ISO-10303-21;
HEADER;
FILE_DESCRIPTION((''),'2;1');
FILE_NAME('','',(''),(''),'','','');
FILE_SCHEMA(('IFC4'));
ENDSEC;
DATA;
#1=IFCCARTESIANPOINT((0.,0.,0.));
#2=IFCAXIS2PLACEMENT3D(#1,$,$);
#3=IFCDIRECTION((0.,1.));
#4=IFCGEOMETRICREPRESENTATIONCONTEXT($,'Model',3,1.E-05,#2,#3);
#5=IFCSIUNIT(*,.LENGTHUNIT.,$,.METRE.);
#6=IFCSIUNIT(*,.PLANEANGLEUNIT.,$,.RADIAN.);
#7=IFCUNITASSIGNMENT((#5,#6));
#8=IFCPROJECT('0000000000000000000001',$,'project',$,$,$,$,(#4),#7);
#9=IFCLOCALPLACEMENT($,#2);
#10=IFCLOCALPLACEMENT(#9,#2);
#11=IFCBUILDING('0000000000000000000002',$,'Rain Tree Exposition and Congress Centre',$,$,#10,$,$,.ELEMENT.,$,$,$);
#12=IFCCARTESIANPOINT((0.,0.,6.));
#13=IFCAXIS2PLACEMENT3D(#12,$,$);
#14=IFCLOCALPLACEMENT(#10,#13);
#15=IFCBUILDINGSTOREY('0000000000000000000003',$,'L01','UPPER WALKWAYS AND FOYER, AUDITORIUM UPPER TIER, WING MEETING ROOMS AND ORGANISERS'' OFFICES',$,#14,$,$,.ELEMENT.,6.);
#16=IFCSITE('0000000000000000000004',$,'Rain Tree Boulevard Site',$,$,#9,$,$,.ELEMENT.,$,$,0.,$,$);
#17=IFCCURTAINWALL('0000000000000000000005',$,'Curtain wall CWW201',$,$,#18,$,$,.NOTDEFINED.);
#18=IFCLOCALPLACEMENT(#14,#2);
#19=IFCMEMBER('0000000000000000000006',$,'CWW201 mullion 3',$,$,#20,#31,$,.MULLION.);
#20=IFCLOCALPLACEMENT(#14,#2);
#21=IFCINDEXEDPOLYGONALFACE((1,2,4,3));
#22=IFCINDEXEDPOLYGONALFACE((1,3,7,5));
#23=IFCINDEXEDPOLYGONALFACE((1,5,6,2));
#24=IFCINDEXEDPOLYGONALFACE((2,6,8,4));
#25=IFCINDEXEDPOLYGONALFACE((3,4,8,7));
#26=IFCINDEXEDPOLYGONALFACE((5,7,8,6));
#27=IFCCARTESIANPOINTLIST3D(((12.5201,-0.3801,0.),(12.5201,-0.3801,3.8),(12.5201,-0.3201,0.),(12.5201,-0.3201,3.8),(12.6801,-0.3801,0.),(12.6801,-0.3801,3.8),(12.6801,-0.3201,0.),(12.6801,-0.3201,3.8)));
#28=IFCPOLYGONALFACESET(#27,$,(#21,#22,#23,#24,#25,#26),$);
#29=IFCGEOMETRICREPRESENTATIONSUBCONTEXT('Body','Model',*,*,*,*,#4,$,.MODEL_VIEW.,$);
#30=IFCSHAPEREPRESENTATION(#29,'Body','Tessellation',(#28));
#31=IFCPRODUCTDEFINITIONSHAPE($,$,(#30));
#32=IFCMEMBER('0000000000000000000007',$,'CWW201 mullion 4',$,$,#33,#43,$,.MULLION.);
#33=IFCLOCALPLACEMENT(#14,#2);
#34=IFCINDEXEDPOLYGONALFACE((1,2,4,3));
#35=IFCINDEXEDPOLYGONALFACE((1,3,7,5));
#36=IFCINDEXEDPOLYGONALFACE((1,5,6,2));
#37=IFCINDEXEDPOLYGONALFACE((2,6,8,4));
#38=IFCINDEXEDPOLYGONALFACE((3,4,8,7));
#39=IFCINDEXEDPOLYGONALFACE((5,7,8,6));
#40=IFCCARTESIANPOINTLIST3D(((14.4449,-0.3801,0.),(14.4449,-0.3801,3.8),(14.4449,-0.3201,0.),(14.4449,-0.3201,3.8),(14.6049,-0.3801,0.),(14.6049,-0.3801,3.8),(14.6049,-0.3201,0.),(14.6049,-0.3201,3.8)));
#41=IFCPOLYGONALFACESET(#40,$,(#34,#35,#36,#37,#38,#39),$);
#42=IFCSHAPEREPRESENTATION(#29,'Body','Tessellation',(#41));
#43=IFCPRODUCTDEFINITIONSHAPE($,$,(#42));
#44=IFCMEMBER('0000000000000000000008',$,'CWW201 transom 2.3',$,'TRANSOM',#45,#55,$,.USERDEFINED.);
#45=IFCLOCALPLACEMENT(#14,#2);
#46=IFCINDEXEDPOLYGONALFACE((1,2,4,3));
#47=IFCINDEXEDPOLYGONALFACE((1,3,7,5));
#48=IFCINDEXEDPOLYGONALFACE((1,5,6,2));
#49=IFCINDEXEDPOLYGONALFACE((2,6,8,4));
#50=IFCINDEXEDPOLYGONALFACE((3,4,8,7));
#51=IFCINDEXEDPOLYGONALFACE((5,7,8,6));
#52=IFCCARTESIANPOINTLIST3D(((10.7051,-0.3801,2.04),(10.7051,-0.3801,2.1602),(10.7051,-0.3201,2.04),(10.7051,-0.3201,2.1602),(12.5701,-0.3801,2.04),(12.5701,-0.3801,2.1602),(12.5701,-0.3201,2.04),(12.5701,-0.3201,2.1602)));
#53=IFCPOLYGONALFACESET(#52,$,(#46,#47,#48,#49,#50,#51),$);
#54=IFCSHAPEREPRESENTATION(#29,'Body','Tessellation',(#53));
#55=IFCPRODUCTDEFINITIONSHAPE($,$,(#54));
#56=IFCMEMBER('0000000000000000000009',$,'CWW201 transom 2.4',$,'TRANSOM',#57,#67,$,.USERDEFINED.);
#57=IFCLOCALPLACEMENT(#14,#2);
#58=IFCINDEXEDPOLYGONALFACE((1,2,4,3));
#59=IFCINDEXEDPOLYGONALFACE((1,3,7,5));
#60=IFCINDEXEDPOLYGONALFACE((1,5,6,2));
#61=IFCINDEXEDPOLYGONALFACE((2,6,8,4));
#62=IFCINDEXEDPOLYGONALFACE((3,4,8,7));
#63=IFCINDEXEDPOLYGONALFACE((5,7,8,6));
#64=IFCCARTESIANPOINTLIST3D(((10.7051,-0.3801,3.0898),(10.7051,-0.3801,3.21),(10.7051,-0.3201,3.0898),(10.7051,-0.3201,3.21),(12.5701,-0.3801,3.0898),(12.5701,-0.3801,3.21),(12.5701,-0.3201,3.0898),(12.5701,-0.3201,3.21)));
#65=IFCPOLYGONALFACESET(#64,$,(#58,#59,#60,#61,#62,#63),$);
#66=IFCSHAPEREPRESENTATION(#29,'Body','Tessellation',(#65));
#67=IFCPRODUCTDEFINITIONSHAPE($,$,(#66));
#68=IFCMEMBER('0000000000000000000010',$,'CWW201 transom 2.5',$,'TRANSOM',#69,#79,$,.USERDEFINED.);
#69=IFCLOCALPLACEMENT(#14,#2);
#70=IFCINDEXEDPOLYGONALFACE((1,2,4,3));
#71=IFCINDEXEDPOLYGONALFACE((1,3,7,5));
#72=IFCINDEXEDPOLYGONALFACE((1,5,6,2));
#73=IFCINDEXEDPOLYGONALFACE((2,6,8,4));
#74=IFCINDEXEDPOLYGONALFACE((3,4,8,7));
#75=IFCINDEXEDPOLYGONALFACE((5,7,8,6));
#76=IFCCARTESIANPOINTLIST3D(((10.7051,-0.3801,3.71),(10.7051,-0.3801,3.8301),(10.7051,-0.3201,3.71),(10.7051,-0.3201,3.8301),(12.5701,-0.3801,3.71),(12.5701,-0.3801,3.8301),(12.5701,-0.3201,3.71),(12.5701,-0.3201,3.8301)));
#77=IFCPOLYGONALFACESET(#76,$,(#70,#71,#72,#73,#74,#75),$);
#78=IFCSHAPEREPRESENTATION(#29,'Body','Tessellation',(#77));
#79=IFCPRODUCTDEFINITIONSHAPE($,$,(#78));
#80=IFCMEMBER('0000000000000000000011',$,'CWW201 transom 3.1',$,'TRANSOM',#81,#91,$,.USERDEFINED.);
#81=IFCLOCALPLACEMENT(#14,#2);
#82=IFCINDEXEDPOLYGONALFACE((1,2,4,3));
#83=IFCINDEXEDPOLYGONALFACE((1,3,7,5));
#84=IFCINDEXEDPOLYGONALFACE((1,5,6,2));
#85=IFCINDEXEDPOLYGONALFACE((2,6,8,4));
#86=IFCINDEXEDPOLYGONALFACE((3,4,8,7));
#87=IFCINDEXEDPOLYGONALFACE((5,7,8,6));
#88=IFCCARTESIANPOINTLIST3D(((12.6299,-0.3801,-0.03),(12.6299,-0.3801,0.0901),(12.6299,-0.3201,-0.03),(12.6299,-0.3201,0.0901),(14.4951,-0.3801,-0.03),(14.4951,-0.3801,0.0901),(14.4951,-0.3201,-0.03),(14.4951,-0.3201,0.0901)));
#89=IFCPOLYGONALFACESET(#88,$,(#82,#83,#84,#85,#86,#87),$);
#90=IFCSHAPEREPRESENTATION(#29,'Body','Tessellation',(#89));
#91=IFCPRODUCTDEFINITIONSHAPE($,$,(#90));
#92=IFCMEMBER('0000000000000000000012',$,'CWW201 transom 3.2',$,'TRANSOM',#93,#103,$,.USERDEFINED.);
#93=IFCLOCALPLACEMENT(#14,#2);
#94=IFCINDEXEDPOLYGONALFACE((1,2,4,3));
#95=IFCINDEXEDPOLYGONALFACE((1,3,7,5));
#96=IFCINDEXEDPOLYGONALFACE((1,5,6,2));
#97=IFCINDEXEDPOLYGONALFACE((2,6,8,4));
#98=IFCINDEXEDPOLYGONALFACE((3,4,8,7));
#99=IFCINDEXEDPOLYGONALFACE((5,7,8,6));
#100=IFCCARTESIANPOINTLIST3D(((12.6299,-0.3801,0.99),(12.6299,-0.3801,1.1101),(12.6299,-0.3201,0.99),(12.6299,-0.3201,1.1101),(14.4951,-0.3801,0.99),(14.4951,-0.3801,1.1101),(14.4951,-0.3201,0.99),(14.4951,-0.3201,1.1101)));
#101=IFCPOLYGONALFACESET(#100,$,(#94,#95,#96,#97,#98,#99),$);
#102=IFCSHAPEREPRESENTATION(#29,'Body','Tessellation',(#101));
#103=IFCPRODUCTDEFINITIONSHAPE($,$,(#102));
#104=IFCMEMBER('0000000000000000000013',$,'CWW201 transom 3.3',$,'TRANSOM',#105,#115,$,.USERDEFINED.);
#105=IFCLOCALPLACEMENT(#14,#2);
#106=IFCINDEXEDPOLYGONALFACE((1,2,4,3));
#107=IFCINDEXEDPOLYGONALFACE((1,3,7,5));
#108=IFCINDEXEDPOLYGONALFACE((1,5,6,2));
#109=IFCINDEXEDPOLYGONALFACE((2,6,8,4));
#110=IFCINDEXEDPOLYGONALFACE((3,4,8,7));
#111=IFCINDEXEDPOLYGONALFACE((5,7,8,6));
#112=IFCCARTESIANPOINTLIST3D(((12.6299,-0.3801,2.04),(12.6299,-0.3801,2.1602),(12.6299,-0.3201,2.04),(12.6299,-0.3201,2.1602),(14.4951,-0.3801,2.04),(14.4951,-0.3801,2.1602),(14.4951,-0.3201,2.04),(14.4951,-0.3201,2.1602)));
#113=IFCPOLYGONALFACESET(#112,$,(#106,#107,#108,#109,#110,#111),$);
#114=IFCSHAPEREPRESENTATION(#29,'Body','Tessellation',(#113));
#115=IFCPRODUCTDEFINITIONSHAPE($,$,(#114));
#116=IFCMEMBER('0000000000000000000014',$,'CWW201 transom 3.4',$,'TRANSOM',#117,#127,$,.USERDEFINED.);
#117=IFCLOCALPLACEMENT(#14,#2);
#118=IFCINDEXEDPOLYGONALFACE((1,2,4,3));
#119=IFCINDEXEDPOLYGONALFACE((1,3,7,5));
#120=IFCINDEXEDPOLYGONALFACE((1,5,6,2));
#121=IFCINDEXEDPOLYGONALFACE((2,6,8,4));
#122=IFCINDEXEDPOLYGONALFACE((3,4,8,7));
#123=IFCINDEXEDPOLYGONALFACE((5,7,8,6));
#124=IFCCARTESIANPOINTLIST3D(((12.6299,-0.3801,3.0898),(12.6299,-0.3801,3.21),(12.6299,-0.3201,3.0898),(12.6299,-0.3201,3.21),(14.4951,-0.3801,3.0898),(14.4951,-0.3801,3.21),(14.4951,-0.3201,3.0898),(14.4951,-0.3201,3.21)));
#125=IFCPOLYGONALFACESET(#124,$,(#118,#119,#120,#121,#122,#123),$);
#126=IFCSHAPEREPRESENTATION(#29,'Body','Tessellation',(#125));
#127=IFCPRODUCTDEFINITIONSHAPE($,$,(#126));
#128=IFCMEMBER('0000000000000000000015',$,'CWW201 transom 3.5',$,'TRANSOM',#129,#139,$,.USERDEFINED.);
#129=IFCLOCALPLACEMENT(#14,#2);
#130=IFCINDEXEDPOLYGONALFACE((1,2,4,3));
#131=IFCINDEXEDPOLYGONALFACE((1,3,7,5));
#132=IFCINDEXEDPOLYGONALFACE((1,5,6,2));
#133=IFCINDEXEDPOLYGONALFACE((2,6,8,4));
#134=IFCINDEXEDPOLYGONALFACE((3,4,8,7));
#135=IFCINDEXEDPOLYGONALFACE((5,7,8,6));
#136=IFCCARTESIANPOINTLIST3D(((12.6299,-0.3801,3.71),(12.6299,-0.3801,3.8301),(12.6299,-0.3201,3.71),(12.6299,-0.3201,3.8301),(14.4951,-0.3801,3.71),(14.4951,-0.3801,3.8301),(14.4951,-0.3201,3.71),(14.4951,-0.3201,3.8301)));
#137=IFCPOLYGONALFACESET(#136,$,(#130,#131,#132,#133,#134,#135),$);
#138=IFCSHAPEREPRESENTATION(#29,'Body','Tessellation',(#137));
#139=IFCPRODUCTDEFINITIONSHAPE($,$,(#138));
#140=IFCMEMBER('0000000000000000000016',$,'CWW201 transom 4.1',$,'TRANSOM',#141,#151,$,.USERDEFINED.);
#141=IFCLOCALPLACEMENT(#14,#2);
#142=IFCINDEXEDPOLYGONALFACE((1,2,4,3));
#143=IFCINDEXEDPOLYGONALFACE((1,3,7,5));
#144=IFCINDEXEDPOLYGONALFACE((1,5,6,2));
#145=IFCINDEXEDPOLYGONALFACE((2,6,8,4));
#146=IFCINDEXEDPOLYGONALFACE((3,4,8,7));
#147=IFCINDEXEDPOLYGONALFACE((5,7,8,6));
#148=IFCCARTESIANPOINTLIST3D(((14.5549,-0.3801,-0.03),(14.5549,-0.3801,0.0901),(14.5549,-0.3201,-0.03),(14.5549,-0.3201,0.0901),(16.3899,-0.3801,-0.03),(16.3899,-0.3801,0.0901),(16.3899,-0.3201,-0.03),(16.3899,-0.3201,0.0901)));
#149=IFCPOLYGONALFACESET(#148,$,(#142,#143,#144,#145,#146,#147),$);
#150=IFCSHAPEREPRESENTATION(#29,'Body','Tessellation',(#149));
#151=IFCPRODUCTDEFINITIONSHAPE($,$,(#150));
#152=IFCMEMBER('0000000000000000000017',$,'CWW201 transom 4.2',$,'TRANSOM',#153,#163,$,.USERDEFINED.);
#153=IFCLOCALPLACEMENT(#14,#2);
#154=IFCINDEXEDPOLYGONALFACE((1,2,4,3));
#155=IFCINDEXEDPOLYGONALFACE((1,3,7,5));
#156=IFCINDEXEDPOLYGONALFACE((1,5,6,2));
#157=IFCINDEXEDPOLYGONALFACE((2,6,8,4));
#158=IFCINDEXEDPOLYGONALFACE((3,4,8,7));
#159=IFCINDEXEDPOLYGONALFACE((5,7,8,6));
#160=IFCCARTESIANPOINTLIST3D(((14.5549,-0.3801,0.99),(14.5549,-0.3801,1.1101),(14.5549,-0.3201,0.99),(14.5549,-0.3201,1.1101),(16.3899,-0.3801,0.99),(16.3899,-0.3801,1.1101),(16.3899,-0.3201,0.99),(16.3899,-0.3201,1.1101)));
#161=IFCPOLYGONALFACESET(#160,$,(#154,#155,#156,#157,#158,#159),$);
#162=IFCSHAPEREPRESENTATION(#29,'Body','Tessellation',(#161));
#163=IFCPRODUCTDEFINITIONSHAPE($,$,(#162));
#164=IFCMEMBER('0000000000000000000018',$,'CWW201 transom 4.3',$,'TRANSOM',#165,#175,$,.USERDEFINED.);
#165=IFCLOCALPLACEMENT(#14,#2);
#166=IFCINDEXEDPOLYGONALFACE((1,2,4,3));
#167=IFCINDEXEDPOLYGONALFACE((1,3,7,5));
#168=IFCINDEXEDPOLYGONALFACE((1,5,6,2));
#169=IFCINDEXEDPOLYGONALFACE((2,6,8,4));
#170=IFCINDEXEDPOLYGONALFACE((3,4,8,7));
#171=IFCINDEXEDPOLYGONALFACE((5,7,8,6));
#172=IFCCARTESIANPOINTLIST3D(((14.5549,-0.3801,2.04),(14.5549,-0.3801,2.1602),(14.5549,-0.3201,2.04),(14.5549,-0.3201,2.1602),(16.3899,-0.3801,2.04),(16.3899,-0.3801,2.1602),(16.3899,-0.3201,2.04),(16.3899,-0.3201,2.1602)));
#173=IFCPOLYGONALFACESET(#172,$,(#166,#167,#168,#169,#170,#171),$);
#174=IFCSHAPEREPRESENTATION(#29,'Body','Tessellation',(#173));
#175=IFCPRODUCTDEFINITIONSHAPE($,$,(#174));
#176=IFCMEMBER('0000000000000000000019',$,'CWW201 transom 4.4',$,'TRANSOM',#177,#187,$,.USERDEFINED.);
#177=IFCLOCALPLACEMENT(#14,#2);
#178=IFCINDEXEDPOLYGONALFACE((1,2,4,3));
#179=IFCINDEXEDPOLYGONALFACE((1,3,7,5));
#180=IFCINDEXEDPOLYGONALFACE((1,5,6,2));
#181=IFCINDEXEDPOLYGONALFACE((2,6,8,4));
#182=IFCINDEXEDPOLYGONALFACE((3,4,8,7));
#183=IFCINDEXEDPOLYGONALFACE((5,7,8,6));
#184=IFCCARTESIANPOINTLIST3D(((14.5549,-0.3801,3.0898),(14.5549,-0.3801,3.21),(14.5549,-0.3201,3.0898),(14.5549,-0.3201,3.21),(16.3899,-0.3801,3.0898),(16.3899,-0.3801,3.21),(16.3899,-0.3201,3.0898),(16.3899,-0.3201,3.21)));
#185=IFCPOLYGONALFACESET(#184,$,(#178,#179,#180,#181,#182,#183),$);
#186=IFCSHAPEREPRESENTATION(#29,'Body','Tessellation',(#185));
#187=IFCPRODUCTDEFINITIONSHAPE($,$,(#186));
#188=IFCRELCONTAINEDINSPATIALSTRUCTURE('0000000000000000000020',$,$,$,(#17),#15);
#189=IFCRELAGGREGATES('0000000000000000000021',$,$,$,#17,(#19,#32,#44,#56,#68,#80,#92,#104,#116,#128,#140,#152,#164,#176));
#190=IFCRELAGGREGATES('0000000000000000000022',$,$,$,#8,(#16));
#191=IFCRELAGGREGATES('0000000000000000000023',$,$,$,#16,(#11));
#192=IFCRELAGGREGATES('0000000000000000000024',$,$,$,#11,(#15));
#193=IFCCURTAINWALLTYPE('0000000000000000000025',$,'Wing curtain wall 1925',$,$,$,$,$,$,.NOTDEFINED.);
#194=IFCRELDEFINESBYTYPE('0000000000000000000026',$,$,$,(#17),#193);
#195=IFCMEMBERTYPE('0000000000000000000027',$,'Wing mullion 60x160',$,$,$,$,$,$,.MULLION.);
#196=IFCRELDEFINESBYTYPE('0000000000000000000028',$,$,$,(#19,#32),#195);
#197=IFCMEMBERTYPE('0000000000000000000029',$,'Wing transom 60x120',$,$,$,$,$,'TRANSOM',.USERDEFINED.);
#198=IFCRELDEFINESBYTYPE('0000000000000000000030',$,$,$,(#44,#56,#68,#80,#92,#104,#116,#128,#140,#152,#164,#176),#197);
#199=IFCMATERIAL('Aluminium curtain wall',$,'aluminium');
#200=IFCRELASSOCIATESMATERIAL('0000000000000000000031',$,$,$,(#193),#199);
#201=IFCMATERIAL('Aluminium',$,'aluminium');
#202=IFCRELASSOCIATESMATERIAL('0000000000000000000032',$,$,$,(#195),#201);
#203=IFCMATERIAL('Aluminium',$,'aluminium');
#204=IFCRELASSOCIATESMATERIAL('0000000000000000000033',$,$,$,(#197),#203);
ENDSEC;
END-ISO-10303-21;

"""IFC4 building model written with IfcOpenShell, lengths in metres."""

from ifc_helpers import new_model, si_unit, direction, frame, origin, origin_2d, place, context, subcontext, project, spatial, rectangle, extrude, material, material_profile, profile_set, type_object, element, aggregate, save


model = new_model("IFC4")

# Units and contexts
model_context = context("Model", 3, precision=1e-05, world=origin(), true_north=direction((0.0, 1.0)))
body_context = subcontext(model_context, "Body", "Model", "MODEL_VIEW")
ifc_project = project(units=[si_unit("LENGTHUNIT", "METRE"), si_unit("PLANEANGLEUNIT", "RADIAN")], contexts=[model_context])

# Site, building, storey
site_placement = place(None, origin())
site = spatial("IfcSite", under=ifc_project, at=site_placement, Name="Rain Tree Boulevard Site", CompositionType="ELEMENT", RefElevation=0.0)
building_placement = place(site_placement, origin())
building = spatial("IfcBuilding", under=site, at=building_placement, Name="Rain Tree Exposition and Congress Centre", CompositionType="ELEMENT")
storey_placement = place(building_placement, frame((0.0, 0.0, 6.0)))
storey = spatial("IfcBuildingStorey", under=building, at=storey_placement, Name="L01", Description="UPPER WALKWAYS AND FOYER, AUDITORIUM UPPER TIER, WING MEETING ROOMS AND ORGANISERS' OFFICES", CompositionType="ELEMENT", Elevation=6.0)

# Curtain wall, members
ifc_material_1 = material(Name="Aluminium curtain wall", Category="aluminium")
curtain_wall_type = type_object("IfcCurtainWallType", Name="Wing curtain wall 1925", PredefinedType="NOTDEFINED", material=ifc_material_1)
curtain_wall_placement = place(storey_placement, origin())
curtain_wall = element("IfcCurtainWall", 1, at=curtain_wall_placement, inside=storey, type_object=curtain_wall_type, Name="Curtain wall CWW201", PredefinedType="NOTDEFINED")
ifc_material_2 = material(Name="Aluminium", Category="aluminium")
ifc_material_profile_1 = material_profile(ifc_material_2, rectangle(XDim=0.0601, YDim=0.1599, at=origin_2d()), Name="Aluminium 60x160")
ifc_profile_set_1 = profile_set([ifc_material_profile_1], Name="Aluminium")
member_type_1 = type_object("IfcMemberType", Name="Wing mullion 60x160", PredefinedType="MULLION", material=ifc_profile_set_1)
member_1_placement = place(storey_placement, frame((12.6001, -0.3501, 0.0), z_axis=(0.0, 0.0, 1.0), x_axis=(0.0, 1.0, 0.0)))
member_1 = element("IfcMember", 2, at=member_1_placement, type_object=member_type_1, Name="CWW201 mullion 3", PredefinedType="MULLION", context=body_context, shape_type="SweptSolid", body=[
    extrude(rectangle(XDim=0.0601, YDim=0.1599, at=origin_2d()), origin(), (0.0, 0.0, 1.0), 3.8),
])
member_2_placement = place(storey_placement, frame((14.5249, -0.3501, 0.0), z_axis=(0.0, 0.0, 1.0), x_axis=(0.0, 1.0, 0.0)))
member_2 = element("IfcMember", 3, at=member_2_placement, type_object=member_type_1, Name="CWW201 mullion 4", PredefinedType="MULLION", context=body_context, shape_type="SweptSolid", body=[
    extrude(rectangle(XDim=0.0601, YDim=0.1599, at=origin_2d()), origin(), (0.0, 0.0, 1.0), 3.8),
])
ifc_material_3 = material(Name="Aluminium", Category="aluminium")
ifc_material_profile_2 = material_profile(ifc_material_3, rectangle(XDim=0.0601, YDim=0.1201, at=origin_2d()), Name="Aluminium 60x120")
ifc_profile_set_2 = profile_set([ifc_material_profile_2], Name="Aluminium")
member_type_2 = type_object("IfcMemberType", Name="Wing transom 60x120", ElementType="TRANSOM", PredefinedType="USERDEFINED", material=ifc_profile_set_2)
member_3_placement = place(storey_placement, frame((10.7051, -0.3501, 2.1001), z_axis=(1.0, 0.0, 0.0), x_axis=(0.0, 1.0, 0.0)))
member_3 = element("IfcMember", 4, at=member_3_placement, type_object=member_type_2, Name="CWW201 transom 2.3", ObjectType="TRANSOM", PredefinedType="USERDEFINED", context=body_context, shape_type="SweptSolid", body=[
    extrude(rectangle(XDim=0.0601, YDim=0.1201, at=origin_2d()), origin(), (0.0, 0.0, 1.0), 1.865),
])
member_4_placement = place(storey_placement, frame((10.7051, -0.3501, 3.1499), z_axis=(1.0, 0.0, 0.0), x_axis=(0.0, 1.0, 0.0)))
member_4 = element("IfcMember", 5, at=member_4_placement, type_object=member_type_2, Name="CWW201 transom 2.4", ObjectType="TRANSOM", PredefinedType="USERDEFINED", context=body_context, shape_type="SweptSolid", body=[
    extrude(rectangle(XDim=0.0601, YDim=0.1201, at=origin_2d()), origin(), (0.0, 0.0, 1.0), 1.865),
])
member_5_placement = place(storey_placement, frame((10.7051, -0.3501, 3.77), z_axis=(1.0, 0.0, 0.0), x_axis=(0.0, 1.0, 0.0)))
member_5 = element("IfcMember", 6, at=member_5_placement, type_object=member_type_2, Name="CWW201 transom 2.5", ObjectType="TRANSOM", PredefinedType="USERDEFINED", context=body_context, shape_type="SweptSolid", body=[
    extrude(rectangle(XDim=0.0601, YDim=0.1201, at=origin_2d()), origin(), (0.0, 0.0, 1.0), 1.865),
])
member_6_placement = place(storey_placement, frame((12.6299, -0.3501, 0.03), z_axis=(1.0, 0.0, 0.0), x_axis=(0.0, 1.0, 0.0)))
member_6 = element("IfcMember", 7, at=member_6_placement, type_object=member_type_2, Name="CWW201 transom 3.1", ObjectType="TRANSOM", PredefinedType="USERDEFINED", context=body_context, shape_type="SweptSolid", body=[
    extrude(rectangle(XDim=0.0601, YDim=0.1201, at=origin_2d()), origin(), (0.0, 0.0, 1.0), 1.8652),
])
member_7_placement = place(storey_placement, frame((12.6299, -0.3501, 1.05), z_axis=(1.0, 0.0, 0.0), x_axis=(0.0, 1.0, 0.0)))
member_7 = element("IfcMember", 8, at=member_7_placement, type_object=member_type_2, Name="CWW201 transom 3.2", ObjectType="TRANSOM", PredefinedType="USERDEFINED", context=body_context, shape_type="SweptSolid", body=[
    extrude(rectangle(XDim=0.0601, YDim=0.1201, at=origin_2d()), origin(), (0.0, 0.0, 1.0), 1.8652),
])
member_8_placement = place(storey_placement, frame((12.6299, -0.3501, 2.1001), z_axis=(1.0, 0.0, 0.0), x_axis=(0.0, 1.0, 0.0)))
member_8 = element("IfcMember", 9, at=member_8_placement, type_object=member_type_2, Name="CWW201 transom 3.3", ObjectType="TRANSOM", PredefinedType="USERDEFINED", context=body_context, shape_type="SweptSolid", body=[
    extrude(rectangle(XDim=0.0601, YDim=0.1201, at=origin_2d()), origin(), (0.0, 0.0, 1.0), 1.8652),
])
member_9_placement = place(storey_placement, frame((12.6299, -0.3501, 3.1499), z_axis=(1.0, 0.0, 0.0), x_axis=(0.0, 1.0, 0.0)))
member_9 = element("IfcMember", 10, at=member_9_placement, type_object=member_type_2, Name="CWW201 transom 3.4", ObjectType="TRANSOM", PredefinedType="USERDEFINED", context=body_context, shape_type="SweptSolid", body=[
    extrude(rectangle(XDim=0.0601, YDim=0.1201, at=origin_2d()), origin(), (0.0, 0.0, 1.0), 1.8652),
])
member_10_placement = place(storey_placement, frame((12.6299, -0.3501, 3.77), z_axis=(1.0, 0.0, 0.0), x_axis=(0.0, 1.0, 0.0)))
member_10 = element("IfcMember", 11, at=member_10_placement, type_object=member_type_2, Name="CWW201 transom 3.5", ObjectType="TRANSOM", PredefinedType="USERDEFINED", context=body_context, shape_type="SweptSolid", body=[
    extrude(rectangle(XDim=0.0601, YDim=0.1201, at=origin_2d()), origin(), (0.0, 0.0, 1.0), 1.8652),
])
member_11_placement = place(storey_placement, frame((14.5549, -0.3501, 0.03), z_axis=(1.0, 0.0, 0.0), x_axis=(0.0, 1.0, 0.0)))
member_11 = element("IfcMember", 12, at=member_11_placement, type_object=member_type_2, Name="CWW201 transom 4.1", ObjectType="TRANSOM", PredefinedType="USERDEFINED", context=body_context, shape_type="SweptSolid", body=[
    extrude(rectangle(XDim=0.0601, YDim=0.1201, at=origin_2d()), origin(), (0.0, 0.0, 1.0), 1.835),
])
member_12_placement = place(storey_placement, frame((14.5549, -0.3501, 1.05), z_axis=(1.0, 0.0, 0.0), x_axis=(0.0, 1.0, 0.0)))
member_12 = element("IfcMember", 13, at=member_12_placement, type_object=member_type_2, Name="CWW201 transom 4.2", ObjectType="TRANSOM", PredefinedType="USERDEFINED", context=body_context, shape_type="SweptSolid", body=[
    extrude(rectangle(XDim=0.0601, YDim=0.1201, at=origin_2d()), origin(), (0.0, 0.0, 1.0), 1.835),
])
member_13_placement = place(storey_placement, frame((14.5549, -0.3501, 2.1001), z_axis=(1.0, 0.0, 0.0), x_axis=(0.0, 1.0, 0.0)))
member_13 = element("IfcMember", 14, at=member_13_placement, type_object=member_type_2, Name="CWW201 transom 4.3", ObjectType="TRANSOM", PredefinedType="USERDEFINED", context=body_context, shape_type="SweptSolid", body=[
    extrude(rectangle(XDim=0.0601, YDim=0.1201, at=origin_2d()), origin(), (0.0, 0.0, 1.0), 1.835),
])
member_14_placement = place(storey_placement, frame((14.5549, -0.3501, 3.1499), z_axis=(1.0, 0.0, 0.0), x_axis=(0.0, 1.0, 0.0)))
member_14 = element("IfcMember", 15, at=member_14_placement, type_object=member_type_2, Name="CWW201 transom 4.4", ObjectType="TRANSOM", PredefinedType="USERDEFINED", context=body_context, shape_type="SweptSolid", body=[
    extrude(rectangle(XDim=0.0601, YDim=0.1201, at=origin_2d()), origin(), (0.0, 0.0, 1.0), 1.835),
])
aggregate(curtain_wall, [member_1, member_2, member_3, member_4, member_5, member_6, member_7, member_8, member_9, member_10, member_11, member_12, member_13, member_14])

save(model, "model.ifc")
